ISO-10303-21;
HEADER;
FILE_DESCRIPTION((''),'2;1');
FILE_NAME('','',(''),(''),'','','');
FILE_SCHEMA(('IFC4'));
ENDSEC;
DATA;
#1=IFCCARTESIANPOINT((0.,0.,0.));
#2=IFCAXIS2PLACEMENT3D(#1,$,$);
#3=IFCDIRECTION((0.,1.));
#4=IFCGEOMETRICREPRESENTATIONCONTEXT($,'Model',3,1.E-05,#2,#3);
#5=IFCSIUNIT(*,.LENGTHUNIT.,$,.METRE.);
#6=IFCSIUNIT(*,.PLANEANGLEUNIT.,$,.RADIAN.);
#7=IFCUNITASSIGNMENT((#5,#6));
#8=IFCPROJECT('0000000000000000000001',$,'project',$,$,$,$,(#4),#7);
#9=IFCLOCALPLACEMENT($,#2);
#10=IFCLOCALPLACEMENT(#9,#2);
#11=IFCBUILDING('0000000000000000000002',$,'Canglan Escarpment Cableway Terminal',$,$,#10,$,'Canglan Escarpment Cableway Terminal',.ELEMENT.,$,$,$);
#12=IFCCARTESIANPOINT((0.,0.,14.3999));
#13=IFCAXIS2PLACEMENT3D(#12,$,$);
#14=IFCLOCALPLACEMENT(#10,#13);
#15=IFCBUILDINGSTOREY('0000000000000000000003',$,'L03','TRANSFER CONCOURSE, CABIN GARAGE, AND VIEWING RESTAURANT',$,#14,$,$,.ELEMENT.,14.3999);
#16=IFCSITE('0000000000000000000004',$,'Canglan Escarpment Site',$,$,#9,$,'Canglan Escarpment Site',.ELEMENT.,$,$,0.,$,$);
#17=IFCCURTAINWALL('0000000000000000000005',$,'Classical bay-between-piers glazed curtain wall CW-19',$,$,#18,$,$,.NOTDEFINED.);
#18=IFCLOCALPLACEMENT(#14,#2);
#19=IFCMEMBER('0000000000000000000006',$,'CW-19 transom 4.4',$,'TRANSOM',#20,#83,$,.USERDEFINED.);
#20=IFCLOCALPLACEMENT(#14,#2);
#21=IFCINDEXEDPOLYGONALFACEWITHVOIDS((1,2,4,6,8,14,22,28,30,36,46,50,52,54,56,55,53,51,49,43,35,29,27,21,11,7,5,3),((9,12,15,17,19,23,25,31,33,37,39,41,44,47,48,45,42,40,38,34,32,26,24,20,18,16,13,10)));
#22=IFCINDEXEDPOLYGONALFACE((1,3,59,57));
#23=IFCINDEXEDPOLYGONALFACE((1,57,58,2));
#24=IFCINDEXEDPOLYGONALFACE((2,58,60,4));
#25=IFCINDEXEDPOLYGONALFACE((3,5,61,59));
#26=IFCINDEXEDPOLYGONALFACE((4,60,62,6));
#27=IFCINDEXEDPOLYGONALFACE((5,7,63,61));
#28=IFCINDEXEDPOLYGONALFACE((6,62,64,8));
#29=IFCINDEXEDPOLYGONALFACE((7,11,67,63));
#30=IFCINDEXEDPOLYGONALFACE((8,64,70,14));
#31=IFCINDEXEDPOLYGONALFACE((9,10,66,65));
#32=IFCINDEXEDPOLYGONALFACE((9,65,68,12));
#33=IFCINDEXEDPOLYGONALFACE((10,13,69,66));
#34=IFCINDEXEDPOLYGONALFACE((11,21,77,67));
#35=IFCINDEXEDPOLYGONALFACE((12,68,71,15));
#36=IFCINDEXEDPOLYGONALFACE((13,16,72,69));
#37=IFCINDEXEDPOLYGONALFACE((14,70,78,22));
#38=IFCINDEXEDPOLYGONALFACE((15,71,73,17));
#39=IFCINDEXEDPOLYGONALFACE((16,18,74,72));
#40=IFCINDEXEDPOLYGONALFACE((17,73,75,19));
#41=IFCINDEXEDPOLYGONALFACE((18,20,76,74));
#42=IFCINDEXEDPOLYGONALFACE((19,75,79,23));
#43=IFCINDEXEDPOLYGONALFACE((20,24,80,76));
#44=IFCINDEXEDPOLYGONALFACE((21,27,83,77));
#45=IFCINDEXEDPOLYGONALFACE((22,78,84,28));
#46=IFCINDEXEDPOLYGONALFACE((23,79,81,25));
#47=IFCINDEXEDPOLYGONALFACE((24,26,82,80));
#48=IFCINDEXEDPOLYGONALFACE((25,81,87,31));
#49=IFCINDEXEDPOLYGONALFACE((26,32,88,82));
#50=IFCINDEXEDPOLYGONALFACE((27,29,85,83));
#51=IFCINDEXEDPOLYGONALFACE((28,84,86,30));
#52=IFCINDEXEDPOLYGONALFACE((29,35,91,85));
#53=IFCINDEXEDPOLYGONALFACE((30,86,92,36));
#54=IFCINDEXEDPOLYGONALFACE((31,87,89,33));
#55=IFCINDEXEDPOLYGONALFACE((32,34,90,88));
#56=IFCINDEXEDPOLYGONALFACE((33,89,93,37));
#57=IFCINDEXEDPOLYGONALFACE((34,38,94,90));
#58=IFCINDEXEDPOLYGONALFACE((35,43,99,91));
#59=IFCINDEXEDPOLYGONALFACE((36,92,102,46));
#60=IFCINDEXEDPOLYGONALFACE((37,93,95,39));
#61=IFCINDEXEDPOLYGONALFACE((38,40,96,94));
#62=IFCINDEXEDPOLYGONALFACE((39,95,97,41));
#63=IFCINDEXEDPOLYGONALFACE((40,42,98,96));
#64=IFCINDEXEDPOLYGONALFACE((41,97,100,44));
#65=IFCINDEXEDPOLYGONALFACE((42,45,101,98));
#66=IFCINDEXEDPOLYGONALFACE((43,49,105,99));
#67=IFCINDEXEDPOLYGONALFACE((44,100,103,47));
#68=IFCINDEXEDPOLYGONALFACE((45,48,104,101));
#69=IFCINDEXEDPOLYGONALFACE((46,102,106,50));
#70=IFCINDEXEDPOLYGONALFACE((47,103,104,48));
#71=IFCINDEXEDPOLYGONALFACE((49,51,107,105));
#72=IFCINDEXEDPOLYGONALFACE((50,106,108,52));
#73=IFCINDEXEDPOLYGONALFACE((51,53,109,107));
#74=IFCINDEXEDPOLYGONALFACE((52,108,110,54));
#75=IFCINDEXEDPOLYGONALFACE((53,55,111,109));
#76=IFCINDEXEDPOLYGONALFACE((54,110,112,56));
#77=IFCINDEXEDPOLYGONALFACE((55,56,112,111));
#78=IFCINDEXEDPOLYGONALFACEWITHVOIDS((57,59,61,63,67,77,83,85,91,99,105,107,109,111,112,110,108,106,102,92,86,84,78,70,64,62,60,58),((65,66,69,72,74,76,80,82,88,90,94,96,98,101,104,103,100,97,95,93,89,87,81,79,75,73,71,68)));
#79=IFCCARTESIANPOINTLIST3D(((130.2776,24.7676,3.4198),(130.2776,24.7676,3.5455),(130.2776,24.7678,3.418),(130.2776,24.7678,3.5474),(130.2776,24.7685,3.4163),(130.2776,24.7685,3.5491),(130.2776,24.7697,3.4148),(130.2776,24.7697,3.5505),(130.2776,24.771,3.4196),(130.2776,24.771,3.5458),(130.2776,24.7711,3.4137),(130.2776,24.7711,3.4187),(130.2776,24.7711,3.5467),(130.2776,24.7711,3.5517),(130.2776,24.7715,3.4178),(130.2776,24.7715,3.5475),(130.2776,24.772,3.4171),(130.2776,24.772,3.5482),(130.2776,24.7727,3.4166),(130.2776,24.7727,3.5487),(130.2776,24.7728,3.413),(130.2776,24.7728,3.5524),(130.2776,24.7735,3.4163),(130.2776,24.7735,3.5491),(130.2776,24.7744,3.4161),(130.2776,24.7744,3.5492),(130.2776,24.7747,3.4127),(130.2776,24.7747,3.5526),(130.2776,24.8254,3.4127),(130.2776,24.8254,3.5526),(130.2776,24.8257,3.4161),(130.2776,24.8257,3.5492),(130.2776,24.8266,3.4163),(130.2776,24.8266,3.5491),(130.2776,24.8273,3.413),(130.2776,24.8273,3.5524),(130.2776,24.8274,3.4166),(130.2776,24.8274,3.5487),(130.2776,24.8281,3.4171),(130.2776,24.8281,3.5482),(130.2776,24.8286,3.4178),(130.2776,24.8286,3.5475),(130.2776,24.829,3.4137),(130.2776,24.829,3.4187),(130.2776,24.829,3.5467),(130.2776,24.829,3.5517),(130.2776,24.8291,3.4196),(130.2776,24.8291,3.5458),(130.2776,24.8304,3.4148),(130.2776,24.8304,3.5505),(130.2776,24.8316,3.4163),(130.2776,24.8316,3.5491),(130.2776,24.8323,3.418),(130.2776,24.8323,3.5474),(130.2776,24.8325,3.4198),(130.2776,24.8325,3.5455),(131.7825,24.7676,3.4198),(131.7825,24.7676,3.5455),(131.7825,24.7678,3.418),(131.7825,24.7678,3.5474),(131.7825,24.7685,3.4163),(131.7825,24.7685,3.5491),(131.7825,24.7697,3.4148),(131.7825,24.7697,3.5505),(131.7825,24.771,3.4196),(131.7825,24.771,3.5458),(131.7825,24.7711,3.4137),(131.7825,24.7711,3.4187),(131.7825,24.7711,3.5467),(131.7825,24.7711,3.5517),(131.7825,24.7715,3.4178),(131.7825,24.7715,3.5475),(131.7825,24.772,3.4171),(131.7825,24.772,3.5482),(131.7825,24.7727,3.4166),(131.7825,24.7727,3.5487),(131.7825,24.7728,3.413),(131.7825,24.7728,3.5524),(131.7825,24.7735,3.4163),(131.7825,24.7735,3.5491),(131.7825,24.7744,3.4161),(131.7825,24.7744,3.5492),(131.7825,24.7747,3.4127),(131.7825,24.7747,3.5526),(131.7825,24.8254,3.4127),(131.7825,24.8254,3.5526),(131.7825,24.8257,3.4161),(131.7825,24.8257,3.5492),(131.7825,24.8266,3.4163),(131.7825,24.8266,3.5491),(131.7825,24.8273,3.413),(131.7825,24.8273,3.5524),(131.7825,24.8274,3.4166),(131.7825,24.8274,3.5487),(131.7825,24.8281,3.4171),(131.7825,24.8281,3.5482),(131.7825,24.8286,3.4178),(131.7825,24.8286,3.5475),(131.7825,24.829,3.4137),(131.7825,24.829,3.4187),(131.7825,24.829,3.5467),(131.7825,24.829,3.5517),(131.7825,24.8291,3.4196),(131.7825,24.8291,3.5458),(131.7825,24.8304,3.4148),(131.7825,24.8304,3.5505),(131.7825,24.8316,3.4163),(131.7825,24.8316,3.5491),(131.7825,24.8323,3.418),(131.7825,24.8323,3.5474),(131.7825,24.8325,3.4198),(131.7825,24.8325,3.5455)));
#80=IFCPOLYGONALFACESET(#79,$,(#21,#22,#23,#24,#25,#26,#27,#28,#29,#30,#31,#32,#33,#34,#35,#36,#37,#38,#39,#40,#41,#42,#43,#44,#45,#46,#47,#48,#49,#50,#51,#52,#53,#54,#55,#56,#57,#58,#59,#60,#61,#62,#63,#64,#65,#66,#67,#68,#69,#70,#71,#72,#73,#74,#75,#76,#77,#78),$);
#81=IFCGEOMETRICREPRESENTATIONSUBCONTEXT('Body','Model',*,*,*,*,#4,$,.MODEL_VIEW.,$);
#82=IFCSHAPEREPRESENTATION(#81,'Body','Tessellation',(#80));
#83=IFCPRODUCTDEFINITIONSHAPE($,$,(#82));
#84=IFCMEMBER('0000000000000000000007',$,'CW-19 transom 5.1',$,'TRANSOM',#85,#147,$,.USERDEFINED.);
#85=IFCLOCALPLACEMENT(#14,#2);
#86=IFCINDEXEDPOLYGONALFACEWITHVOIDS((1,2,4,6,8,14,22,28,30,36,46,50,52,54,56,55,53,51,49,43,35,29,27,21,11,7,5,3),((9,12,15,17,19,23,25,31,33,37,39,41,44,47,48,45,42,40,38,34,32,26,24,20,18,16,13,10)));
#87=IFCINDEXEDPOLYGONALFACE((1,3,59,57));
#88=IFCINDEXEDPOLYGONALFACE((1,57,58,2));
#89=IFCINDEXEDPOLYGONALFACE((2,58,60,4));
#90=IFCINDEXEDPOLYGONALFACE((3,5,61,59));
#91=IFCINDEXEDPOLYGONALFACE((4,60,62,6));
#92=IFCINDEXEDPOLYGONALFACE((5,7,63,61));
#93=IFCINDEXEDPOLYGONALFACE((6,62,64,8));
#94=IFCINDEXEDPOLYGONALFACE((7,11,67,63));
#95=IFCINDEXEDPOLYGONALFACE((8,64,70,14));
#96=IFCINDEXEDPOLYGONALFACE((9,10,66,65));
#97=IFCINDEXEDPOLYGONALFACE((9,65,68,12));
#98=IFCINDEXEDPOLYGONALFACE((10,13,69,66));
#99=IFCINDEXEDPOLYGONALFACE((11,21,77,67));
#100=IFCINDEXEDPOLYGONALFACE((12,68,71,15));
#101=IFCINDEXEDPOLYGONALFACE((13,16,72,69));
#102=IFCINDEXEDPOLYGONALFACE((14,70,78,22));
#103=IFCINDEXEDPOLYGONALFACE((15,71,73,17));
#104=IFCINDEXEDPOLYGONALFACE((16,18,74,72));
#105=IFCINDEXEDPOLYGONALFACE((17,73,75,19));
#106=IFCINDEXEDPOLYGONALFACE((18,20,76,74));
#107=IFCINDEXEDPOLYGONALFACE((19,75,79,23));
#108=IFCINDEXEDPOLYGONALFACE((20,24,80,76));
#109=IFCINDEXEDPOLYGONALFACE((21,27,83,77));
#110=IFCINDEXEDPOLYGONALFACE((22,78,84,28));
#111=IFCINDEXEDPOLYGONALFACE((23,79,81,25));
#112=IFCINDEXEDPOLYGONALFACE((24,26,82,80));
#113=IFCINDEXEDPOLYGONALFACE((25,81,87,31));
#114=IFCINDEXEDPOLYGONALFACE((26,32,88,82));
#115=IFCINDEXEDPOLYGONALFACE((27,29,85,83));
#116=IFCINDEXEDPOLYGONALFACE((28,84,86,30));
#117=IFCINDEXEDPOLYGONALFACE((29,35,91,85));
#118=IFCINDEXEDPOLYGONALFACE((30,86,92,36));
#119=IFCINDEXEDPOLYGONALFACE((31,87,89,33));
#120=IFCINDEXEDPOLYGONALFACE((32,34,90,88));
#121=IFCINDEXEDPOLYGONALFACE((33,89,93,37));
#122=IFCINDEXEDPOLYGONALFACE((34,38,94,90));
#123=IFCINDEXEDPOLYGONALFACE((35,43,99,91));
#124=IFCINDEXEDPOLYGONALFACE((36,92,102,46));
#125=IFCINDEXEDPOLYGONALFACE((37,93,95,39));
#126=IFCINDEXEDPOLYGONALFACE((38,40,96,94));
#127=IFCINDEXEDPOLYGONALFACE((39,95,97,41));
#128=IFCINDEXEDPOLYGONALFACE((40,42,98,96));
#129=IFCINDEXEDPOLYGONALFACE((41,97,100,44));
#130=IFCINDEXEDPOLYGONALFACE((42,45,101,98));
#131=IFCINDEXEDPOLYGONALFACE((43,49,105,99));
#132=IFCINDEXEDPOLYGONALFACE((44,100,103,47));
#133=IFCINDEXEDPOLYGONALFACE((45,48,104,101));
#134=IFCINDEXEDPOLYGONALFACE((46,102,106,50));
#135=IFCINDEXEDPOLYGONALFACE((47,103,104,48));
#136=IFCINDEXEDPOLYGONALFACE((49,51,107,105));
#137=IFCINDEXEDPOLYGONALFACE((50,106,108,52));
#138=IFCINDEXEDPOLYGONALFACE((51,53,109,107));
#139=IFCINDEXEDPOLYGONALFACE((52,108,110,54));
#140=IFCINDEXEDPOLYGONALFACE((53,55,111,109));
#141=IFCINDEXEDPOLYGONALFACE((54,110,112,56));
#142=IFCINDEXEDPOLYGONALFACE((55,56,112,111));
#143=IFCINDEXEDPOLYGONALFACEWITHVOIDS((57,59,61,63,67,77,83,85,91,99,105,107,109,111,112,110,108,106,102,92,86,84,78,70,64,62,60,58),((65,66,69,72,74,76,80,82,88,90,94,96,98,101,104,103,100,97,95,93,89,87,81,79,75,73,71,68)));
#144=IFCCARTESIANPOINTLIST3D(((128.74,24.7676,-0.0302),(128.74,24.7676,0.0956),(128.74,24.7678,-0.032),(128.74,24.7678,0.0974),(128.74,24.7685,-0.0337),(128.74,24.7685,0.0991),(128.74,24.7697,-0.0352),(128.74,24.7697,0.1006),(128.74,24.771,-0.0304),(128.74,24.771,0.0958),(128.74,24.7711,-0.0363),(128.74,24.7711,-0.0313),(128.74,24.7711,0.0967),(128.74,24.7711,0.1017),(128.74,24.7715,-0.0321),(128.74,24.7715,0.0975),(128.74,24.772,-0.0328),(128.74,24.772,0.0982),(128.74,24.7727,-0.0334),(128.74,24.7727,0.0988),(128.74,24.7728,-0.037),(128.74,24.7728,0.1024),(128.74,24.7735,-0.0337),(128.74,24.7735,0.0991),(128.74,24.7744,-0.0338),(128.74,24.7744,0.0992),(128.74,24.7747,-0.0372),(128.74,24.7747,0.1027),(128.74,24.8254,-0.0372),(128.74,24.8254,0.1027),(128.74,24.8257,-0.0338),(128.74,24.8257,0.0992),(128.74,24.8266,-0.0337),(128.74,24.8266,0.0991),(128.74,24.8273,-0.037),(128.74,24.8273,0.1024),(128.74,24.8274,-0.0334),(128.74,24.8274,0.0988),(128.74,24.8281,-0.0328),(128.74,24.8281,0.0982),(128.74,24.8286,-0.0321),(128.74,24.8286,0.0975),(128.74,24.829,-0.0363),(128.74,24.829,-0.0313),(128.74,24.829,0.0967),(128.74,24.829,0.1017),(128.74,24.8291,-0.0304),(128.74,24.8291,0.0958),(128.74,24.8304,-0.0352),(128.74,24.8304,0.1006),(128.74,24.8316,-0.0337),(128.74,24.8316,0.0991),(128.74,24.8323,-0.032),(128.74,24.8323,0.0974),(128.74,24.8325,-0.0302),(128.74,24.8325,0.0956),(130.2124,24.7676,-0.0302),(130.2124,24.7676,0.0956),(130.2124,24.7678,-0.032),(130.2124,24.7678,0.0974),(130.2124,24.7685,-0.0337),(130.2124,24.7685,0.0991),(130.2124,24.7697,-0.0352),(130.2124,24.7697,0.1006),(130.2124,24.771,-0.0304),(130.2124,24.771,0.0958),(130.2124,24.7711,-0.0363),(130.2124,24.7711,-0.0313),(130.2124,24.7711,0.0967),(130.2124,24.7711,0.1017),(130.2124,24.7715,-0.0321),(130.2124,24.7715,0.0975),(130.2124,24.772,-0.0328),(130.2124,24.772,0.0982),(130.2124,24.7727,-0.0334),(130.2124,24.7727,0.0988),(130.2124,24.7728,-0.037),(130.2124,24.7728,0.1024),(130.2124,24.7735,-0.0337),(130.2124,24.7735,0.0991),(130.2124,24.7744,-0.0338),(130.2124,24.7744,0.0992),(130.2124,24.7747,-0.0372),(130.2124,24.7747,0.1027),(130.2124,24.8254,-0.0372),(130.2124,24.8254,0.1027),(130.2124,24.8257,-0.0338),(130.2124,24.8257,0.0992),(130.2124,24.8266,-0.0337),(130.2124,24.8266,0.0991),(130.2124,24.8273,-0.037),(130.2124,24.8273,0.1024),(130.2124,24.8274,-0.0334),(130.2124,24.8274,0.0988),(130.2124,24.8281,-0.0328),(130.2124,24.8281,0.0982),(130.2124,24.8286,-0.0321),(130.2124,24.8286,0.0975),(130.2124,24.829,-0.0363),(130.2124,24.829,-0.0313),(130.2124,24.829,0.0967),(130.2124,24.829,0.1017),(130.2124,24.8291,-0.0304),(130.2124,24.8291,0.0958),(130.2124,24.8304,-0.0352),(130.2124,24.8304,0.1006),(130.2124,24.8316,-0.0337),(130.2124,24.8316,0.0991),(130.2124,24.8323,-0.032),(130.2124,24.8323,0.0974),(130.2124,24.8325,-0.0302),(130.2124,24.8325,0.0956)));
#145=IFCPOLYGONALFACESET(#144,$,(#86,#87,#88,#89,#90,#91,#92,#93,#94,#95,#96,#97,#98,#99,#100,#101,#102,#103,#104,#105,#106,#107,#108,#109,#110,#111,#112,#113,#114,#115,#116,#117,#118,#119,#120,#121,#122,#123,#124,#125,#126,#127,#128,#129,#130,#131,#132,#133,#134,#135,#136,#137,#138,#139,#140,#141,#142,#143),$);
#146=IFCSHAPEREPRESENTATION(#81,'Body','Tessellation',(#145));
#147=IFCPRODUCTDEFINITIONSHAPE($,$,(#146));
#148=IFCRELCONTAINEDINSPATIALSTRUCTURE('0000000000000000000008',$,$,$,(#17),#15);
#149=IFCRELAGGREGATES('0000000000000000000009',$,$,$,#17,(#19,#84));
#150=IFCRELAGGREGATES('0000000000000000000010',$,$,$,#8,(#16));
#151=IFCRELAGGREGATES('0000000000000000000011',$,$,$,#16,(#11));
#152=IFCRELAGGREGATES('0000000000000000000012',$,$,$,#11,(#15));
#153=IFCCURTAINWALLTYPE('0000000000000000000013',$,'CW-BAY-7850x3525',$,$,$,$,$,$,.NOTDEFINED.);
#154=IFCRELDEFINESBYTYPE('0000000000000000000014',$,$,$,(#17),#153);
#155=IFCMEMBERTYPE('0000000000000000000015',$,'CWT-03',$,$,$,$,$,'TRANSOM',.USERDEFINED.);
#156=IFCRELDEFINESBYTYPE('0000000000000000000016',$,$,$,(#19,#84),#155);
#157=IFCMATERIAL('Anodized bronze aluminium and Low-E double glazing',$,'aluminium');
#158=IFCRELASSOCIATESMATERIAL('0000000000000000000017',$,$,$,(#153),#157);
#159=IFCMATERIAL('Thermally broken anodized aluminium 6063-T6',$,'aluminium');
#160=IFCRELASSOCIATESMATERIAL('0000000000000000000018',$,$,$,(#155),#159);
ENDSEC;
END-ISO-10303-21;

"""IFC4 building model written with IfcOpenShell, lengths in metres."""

from ifc_helpers import new_model, si_unit, direction, frame, origin, origin_2d, place, context, subcontext, project, spatial, hollow_rectangle, extrude, material, material_profile, profile_set, type_object, element, aggregate, save


model = new_model("IFC4")

# Units and contexts
model_context = context("Model", 3, precision=1e-05, world=origin(), true_north=direction((0.0, 1.0)))
body_context = subcontext(model_context, "Body", "Model", "MODEL_VIEW")
ifc_project = project(units=[si_unit("LENGTHUNIT", "METRE"), si_unit("PLANEANGLEUNIT", "RADIAN")], contexts=[model_context])

# Site, building, storey
site_placement = place(None, origin())
site = spatial("IfcSite", under=ifc_project, at=site_placement, Name="Canglan Escarpment Site", LongName="Canglan Escarpment Site", CompositionType="ELEMENT", RefElevation=0.0)
building_placement = place(site_placement, origin())
building = spatial("IfcBuilding", under=site, at=building_placement, Name="Canglan Escarpment Cableway Terminal", LongName="Canglan Escarpment Cableway Terminal", CompositionType="ELEMENT")
storey_placement = place(building_placement, frame((0.0, 0.0, 14.3999)))
storey = spatial("IfcBuildingStorey", under=building, at=storey_placement, Name="L03", Description="TRANSFER CONCOURSE, CABIN GARAGE, AND VIEWING RESTAURANT", CompositionType="ELEMENT", Elevation=14.3999)

# Shared definitions
ifc_material_1 = material(Name="Anodized bronze aluminium and Low-E double glazing", Category="aluminium")
ifc_material_2 = material(Name="Thermally broken anodized aluminium 6063-T6", Category="aluminium")

# Curtain wall
curtain_wall_type_1 = type_object("IfcCurtainWallType", Name="CW-BAY-7850x3525", PredefinedType="NOTDEFINED", material=ifc_material_1)
curtain_wall_1_placement = place(storey_placement, origin())
curtain_wall_1 = element("IfcCurtainWall", 1, at=curtain_wall_1_placement, inside=storey, type_object=curtain_wall_type_1, Name="Classical bay-between-piers glazed curtain wall CW-19", PredefinedType="NOTDEFINED")

# Members
ifc_material_profile_1 = material_profile(ifc_material_2, hollow_rectangle(XDim=0.0649, YDim=0.1399, WallThickness=0.0034, InnerFilletRadius=0.0034, OuterFilletRadius=0.0071, at=origin_2d()), Name="ALU-TRAN 65x140x3.5")
ifc_profile_set_1 = profile_set([ifc_material_profile_1], Name="Thermally broken anodized aluminium 6063-T6")
member_type_1 = type_object("IfcMemberType", Name="CWT-03", ElementType="TRANSOM", PredefinedType="USERDEFINED", material=ifc_profile_set_1)
member_1_placement = place(storey_placement, frame((131.7825, 24.8, 3.4827), z_axis=(-1.0, 0.0, 0.0), x_axis=(0.0, -1.0, 0.0)))
member_1 = element("IfcMember", 2, at=member_1_placement, type_object=member_type_1, Name="CW-19 transom 4.4", ObjectType="TRANSOM", PredefinedType="USERDEFINED", context=body_context, shape_type="SweptSolid", body=[
    extrude(hollow_rectangle(XDim=0.0649, YDim=0.1399, WallThickness=0.0034, InnerFilletRadius=0.0034, OuterFilletRadius=0.0071, at=origin_2d()), origin(), (0.0, 0.0, 1.0), 1.5049),
])
member_2_placement = place(storey_placement, frame((130.2124, 24.8, 0.0327), z_axis=(-1.0, 0.0, 0.0), x_axis=(0.0, -1.0, 0.0)))
member_2 = element("IfcMember", 3, at=member_2_placement, type_object=member_type_1, Name="CW-19 transom 5.1", ObjectType="TRANSOM", PredefinedType="USERDEFINED", context=body_context, shape_type="SweptSolid", body=[
    extrude(hollow_rectangle(XDim=0.0649, YDim=0.1399, WallThickness=0.0034, InnerFilletRadius=0.0034, OuterFilletRadius=0.0071, at=origin_2d()), origin(), (0.0, 0.0, 1.0), 1.4724),
])

aggregate(curtain_wall_1, [member_1, member_2])

save(model, "model.ifc")
